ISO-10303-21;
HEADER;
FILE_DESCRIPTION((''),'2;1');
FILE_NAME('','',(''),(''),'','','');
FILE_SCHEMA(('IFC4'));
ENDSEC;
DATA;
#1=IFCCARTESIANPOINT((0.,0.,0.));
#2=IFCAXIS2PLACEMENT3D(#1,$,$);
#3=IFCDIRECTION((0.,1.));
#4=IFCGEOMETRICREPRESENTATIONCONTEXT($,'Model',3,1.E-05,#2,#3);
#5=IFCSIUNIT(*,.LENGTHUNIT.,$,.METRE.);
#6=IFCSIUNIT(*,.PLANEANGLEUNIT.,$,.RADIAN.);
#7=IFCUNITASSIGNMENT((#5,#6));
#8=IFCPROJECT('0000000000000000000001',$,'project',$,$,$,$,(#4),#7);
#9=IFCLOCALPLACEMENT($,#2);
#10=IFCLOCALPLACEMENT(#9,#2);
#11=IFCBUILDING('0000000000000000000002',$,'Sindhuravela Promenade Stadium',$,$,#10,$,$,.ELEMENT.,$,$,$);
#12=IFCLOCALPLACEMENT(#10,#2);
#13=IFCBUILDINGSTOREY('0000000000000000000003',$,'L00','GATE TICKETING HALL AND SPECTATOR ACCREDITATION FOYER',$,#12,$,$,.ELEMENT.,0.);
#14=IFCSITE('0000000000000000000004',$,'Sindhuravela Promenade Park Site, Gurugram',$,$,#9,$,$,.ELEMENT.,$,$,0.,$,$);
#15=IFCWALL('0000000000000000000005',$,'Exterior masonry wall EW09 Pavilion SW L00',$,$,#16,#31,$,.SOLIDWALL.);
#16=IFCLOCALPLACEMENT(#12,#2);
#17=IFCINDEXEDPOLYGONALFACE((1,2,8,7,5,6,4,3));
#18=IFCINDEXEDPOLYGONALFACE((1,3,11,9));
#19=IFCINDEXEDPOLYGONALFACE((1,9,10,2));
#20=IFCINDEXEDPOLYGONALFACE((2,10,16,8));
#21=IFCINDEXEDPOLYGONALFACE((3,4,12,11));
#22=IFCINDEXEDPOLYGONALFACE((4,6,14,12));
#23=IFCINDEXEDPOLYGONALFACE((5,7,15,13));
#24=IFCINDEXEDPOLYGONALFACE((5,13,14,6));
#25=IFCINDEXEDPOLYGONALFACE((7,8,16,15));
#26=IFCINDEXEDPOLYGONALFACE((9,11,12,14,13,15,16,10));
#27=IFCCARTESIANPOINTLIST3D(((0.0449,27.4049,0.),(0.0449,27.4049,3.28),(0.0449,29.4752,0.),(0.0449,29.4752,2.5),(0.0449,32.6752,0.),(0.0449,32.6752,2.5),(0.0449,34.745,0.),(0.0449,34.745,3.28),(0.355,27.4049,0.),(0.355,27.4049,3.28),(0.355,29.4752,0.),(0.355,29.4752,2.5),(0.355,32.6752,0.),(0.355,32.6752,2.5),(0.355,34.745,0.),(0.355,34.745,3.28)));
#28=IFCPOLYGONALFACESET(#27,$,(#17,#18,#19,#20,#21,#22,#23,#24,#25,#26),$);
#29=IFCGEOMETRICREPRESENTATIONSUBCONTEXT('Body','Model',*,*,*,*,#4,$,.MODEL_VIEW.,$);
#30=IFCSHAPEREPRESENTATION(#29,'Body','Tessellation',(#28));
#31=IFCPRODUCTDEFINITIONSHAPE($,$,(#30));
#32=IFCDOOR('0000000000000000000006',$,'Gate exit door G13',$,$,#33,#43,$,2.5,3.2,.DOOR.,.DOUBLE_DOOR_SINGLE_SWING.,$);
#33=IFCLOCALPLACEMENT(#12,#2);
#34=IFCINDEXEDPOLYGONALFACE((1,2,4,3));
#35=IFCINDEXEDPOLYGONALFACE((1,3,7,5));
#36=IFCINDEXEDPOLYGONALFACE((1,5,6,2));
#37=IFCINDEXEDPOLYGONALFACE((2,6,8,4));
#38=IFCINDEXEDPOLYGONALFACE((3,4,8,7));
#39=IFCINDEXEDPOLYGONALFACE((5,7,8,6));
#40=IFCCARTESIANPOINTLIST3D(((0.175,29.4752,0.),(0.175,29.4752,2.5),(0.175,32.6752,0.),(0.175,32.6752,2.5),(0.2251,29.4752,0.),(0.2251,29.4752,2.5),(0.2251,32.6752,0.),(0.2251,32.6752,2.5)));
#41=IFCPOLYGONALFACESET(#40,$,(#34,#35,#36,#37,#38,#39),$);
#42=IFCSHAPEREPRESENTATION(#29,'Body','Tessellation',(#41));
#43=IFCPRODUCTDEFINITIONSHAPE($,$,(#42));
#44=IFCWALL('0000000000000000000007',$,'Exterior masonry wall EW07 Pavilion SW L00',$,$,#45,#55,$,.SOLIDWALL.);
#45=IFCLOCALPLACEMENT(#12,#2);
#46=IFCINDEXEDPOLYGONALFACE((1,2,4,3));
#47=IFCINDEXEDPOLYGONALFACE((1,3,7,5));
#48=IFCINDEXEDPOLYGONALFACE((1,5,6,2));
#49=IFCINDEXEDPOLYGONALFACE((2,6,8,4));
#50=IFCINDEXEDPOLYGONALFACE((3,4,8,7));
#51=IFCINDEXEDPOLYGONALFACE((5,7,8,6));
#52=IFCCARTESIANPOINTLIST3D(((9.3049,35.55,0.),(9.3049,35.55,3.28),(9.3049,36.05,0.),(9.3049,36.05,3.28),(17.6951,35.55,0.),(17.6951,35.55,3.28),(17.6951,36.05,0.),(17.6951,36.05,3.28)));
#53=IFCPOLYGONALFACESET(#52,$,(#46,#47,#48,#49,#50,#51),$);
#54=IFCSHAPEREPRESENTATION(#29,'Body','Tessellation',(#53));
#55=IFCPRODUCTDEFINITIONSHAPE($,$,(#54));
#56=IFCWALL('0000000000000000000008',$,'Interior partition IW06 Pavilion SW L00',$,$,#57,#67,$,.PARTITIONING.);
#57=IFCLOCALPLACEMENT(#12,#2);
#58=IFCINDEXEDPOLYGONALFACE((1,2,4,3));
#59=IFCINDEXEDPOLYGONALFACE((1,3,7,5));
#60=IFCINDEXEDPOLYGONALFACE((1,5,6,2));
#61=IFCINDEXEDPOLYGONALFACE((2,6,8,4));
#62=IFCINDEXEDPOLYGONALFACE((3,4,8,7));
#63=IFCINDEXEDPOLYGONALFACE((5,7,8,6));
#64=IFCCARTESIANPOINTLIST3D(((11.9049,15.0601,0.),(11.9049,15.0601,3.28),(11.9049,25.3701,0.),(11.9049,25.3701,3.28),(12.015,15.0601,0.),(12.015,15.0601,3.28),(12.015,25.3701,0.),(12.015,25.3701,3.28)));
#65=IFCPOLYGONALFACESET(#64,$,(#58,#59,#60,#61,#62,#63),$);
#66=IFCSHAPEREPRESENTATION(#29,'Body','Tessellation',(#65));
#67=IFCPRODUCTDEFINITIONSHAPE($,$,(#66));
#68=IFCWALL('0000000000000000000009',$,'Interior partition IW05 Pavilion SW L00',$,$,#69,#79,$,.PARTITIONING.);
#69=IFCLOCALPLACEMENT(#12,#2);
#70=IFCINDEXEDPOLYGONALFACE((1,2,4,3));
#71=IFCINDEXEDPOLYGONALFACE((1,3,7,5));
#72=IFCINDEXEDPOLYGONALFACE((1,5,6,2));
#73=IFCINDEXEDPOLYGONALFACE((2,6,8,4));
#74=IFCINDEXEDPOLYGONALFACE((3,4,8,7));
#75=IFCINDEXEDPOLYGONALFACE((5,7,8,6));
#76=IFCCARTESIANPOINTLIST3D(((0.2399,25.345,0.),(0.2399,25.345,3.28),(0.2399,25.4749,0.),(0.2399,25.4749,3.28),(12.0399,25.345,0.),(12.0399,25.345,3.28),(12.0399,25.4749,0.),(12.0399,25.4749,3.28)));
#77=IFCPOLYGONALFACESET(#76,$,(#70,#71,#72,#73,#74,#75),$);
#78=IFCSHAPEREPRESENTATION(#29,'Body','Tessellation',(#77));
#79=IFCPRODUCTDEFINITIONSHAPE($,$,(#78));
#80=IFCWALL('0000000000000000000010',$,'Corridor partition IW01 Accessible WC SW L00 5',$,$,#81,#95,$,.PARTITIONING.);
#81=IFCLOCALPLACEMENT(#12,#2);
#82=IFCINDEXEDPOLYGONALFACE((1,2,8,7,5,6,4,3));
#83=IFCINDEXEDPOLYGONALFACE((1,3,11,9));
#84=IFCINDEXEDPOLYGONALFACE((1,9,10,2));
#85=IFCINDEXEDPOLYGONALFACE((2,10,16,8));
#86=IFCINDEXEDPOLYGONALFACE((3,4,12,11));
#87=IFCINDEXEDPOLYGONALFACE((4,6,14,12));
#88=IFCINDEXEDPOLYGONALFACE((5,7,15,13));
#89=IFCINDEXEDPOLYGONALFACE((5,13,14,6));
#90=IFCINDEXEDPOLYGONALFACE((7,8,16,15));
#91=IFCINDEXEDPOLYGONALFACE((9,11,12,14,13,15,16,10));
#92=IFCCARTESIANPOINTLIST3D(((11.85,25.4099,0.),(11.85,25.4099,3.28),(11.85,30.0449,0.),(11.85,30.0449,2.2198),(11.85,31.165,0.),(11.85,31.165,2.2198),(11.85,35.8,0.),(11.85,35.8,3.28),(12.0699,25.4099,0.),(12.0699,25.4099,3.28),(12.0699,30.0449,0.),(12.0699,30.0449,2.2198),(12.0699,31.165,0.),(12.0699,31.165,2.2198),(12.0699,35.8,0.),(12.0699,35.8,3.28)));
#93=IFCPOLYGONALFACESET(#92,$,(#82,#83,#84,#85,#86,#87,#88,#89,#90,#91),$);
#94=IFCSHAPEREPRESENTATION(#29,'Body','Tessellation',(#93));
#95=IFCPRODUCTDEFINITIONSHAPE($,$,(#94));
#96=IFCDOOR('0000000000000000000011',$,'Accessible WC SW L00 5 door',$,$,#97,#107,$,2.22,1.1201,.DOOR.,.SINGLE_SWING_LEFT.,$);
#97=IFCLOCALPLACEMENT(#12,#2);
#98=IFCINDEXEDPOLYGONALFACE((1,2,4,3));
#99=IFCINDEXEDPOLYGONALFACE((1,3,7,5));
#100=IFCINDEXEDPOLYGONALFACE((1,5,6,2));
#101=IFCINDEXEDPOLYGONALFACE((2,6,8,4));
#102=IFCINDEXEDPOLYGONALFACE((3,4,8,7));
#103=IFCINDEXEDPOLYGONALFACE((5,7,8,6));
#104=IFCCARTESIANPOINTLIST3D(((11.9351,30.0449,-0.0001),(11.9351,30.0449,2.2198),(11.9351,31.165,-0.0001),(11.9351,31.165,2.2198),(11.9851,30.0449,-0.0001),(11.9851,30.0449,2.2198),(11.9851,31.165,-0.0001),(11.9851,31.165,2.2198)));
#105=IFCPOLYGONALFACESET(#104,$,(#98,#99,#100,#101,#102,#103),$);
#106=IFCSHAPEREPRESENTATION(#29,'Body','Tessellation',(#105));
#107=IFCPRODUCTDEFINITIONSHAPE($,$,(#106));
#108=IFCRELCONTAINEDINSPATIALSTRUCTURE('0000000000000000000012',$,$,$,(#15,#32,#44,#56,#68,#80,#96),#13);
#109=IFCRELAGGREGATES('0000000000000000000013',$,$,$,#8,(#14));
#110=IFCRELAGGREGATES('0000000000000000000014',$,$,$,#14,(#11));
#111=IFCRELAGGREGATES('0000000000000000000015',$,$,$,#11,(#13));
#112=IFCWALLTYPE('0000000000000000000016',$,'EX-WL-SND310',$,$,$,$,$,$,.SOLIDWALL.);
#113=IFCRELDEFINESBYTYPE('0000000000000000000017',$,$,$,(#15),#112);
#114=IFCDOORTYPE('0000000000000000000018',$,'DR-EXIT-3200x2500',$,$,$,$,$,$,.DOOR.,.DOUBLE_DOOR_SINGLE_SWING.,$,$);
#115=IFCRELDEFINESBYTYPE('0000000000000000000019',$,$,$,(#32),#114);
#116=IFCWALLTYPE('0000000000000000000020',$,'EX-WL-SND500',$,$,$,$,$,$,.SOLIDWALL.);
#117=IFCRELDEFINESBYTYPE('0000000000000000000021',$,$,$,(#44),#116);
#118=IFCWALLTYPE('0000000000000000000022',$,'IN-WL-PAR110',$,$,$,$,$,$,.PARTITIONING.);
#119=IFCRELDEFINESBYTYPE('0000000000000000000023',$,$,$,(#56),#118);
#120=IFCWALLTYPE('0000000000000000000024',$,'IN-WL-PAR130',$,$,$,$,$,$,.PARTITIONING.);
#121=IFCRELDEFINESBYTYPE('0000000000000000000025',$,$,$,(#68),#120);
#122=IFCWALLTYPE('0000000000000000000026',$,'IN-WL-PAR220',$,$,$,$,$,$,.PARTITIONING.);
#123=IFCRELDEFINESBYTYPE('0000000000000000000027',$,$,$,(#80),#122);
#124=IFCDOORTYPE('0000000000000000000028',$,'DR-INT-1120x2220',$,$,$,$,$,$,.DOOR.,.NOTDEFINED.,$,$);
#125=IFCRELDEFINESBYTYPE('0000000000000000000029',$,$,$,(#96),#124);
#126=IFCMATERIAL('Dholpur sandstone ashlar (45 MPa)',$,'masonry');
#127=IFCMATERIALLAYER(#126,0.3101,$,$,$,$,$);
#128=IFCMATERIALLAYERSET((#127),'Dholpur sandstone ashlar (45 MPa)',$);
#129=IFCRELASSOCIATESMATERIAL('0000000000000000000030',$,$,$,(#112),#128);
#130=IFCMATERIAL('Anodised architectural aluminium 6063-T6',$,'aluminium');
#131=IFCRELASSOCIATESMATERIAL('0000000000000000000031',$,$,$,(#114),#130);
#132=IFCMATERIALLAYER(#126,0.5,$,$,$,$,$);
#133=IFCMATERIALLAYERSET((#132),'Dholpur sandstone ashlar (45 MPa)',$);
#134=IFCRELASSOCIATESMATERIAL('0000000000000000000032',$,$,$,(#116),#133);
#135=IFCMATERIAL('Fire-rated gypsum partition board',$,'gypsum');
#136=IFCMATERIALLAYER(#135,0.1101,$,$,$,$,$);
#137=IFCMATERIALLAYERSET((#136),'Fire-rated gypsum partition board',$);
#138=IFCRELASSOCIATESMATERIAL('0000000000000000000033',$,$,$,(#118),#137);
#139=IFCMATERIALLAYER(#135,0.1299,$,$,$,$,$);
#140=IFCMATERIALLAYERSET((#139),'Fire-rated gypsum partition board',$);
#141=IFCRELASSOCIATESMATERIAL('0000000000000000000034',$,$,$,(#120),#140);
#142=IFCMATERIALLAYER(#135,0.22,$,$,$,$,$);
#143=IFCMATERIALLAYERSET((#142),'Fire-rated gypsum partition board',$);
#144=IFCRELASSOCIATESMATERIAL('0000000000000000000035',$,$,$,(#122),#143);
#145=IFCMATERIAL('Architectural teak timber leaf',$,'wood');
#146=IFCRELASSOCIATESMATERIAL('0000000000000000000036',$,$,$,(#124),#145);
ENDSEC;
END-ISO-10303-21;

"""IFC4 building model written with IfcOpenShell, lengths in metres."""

from ifc_helpers import new_model, si_unit, direction, frame, frame_2d, origin, place, context, subcontext, project, spatial, rectangle, extrude, material, layer, layer_set, type_object, element, fill, save


model = new_model("IFC4")

# Units and contexts
model_context = context("Model", 3, precision=1e-05, world=origin(), true_north=direction((0.0, 1.0)))
body_context = subcontext(model_context, "Body", "Model", "MODEL_VIEW")
ifc_project = project(units=[si_unit("LENGTHUNIT", "METRE"), si_unit("PLANEANGLEUNIT", "RADIAN")], contexts=[model_context])

# Site, building, storey
site_placement = place(None, origin())
site = spatial("IfcSite", under=ifc_project, at=site_placement, Name="Sindhuravela Promenade Park Site, Gurugram", CompositionType="ELEMENT", RefElevation=0.0)
building_placement = place(site_placement, origin())
building = spatial("IfcBuilding", under=site, at=building_placement, Name="Sindhuravela Promenade Stadium", CompositionType="ELEMENT")
storey_placement = place(building_placement, origin())
storey = spatial("IfcBuildingStorey", under=building, at=storey_placement, Name="L00", Description="GATE TICKETING HALL AND SPECTATOR ACCREDITATION FOYER", CompositionType="ELEMENT", Elevation=0.0)

# Shared definitions
ifc_material_1 = material(Name="Dholpur sandstone ashlar (45 MPa)", Category="masonry")

# Wall, opening, door
ifc_layer_1 = layer(ifc_material_1, 0.3101)
ifc_layer_set_1 = layer_set([ifc_layer_1], Name="Dholpur sandstone ashlar (45 MPa)")
wall_type_1 = type_object("IfcWallType", Name="EX-WL-SND310", PredefinedType="SOLIDWALL", material=ifc_layer_set_1)
wall_1_placement = place(storey_placement, frame((0.2, 27.405, 0.0), z_axis=(0.0, 0.0, 1.0), x_axis=(0.0, 1.0, 0.0)))
wall_1 = element("IfcWall", 1, at=wall_1_placement, inside=storey, type_object=wall_type_1, Name="Exterior masonry wall EW09 Pavilion SW L00", PredefinedType="SOLIDWALL", context=body_context, shape_type="SweptSolid", body=[
    extrude(rectangle(XDim=7.3401, YDim=0.3101, at=frame_2d((3.6699, 0.0))), origin(), (0.0, 0.0, 1.0), 3.28),
])
opening_1_placement = place(wall_1_placement, frame((2.0701, 0.0, 0.0)))
opening_1 = element("IfcOpeningElement", 2, at=opening_1_placement, cuts=wall_1, PredefinedType="OPENING", context=body_context, shape_type="SweptSolid", body=[
    extrude(rectangle(XDim=3.2, YDim=2.5, at=frame_2d((1.6001, 1.25))), frame((0.0, 0.165, 0.0), z_axis=(0.0, -1.0, 0.0), x_axis=(1.0, 0.0, 0.0)), (0.0, 0.0, 1.0), 0.3301),
])
ifc_material_2 = material(Name="Anodised architectural aluminium 6063-T6", Category="aluminium")
door_type_1 = type_object("IfcDoorType", Name="DR-EXIT-3200x2500", OperationType="DOUBLE_DOOR_SINGLE_SWING", PredefinedType="DOOR", material=ifc_material_2)
door_1_placement = place(opening_1_placement, origin())
door_1 = element("IfcDoor", 3, at=door_1_placement, inside=storey, type_object=door_type_1, Name="Gate exit door G13", OperationType="DOUBLE_DOOR_SINGLE_SWING", OverallHeight=2.5, OverallWidth=3.2, PredefinedType="DOOR", context=body_context, shape_type="SweptSolid", body=[
    extrude(rectangle(XDim=3.2, YDim=2.5, at=frame_2d((1.6001, 1.25))), frame((0.0, 0.0249, 0.0), z_axis=(0.0, -1.0, 0.0), x_axis=(1.0, 0.0, 0.0)), (0.0, 0.0, 1.0), 0.05),
])
fill(opening_1, door_1)

# Walls
ifc_layer_2 = layer(ifc_material_1, 0.5)
ifc_layer_set_2 = layer_set([ifc_layer_2], Name="Dholpur sandstone ashlar (45 MPa)")
wall_type_2 = type_object("IfcWallType", Name="EX-WL-SND500", PredefinedType="SOLIDWALL", material=ifc_layer_set_2)
wall_2_placement = place(storey_placement, frame((9.3049, 35.8, 0.0), z_axis=(0.0, 0.0, 1.0), x_axis=(1.0, 0.0, 0.0)))
element("IfcWall", 4, at=wall_2_placement, inside=storey, type_object=wall_type_2, Name="Exterior masonry wall EW07 Pavilion SW L00", PredefinedType="SOLIDWALL", context=body_context, shape_type="SweptSolid", body=[
    extrude(rectangle(XDim=8.3901, YDim=0.5, at=frame_2d((4.1951, 0.0))), origin(), (0.0, 0.0, 1.0), 3.28),
])
ifc_material_3 = material(Name="Fire-rated gypsum partition board", Category="gypsum")
ifc_layer_3 = layer(ifc_material_3, 0.1101)
ifc_layer_set_3 = layer_set([ifc_layer_3], Name="Fire-rated gypsum partition board")
wall_type_3 = type_object("IfcWallType", Name="IN-WL-PAR110", PredefinedType="PARTITIONING", material=ifc_layer_set_3)
wall_3_placement = place(storey_placement, frame((11.96, 25.3701, 0.0), z_axis=(0.0, 0.0, 1.0), x_axis=(0.0, -1.0, 0.0)))
element("IfcWall", 5, at=wall_3_placement, inside=storey, type_object=wall_type_3, Name="Interior partition IW06 Pavilion SW L00", PredefinedType="PARTITIONING", context=body_context, shape_type="SweptSolid", body=[
    extrude(rectangle(XDim=10.3101, YDim=0.1101, at=frame_2d((5.155, 0.0))), origin(), (0.0, 0.0, 1.0), 3.28),
])
ifc_layer_4 = layer(ifc_material_3, 0.1299)
ifc_layer_set_4 = layer_set([ifc_layer_4], Name="Fire-rated gypsum partition board")
wall_type_4 = type_object("IfcWallType", Name="IN-WL-PAR130", PredefinedType="PARTITIONING", material=ifc_layer_set_4)
wall_4_placement = place(storey_placement, frame((0.24, 25.4099, 0.0), z_axis=(0.0, 0.0, 1.0), x_axis=(1.0, 0.0, 0.0)))
element("IfcWall", 6, at=wall_4_placement, inside=storey, type_object=wall_type_4, Name="Interior partition IW05 Pavilion SW L00", PredefinedType="PARTITIONING", context=body_context, shape_type="SweptSolid", body=[
    extrude(rectangle(XDim=11.8, YDim=0.1299, at=frame_2d((5.8999, 0.0))), origin(), (0.0, 0.0, 1.0), 3.28),
])

# Wall, opening, door
ifc_layer_5 = layer(ifc_material_3, 0.22)
ifc_layer_set_5 = layer_set([ifc_layer_5], Name="Fire-rated gypsum partition board")
wall_type_5 = type_object("IfcWallType", Name="IN-WL-PAR220", PredefinedType="PARTITIONING", material=ifc_layer_set_5)
wall_5_placement = place(storey_placement, frame((11.96, 25.4099, 0.0), z_axis=(0.0, 0.0, 1.0), x_axis=(0.0, 1.0, 0.0)))
wall_5 = element("IfcWall", 7, at=wall_5_placement, inside=storey, type_object=wall_type_5, Name="Corridor partition IW01 Accessible WC SW L00 5", PredefinedType="PARTITIONING", context=body_context, shape_type="SweptSolid", body=[
    extrude(rectangle(XDim=10.3901, YDim=0.22, at=frame_2d((5.1951, 0.0))), origin(), (0.0, 0.0, 1.0), 3.28),
])
opening_2_placement = place(wall_5_placement, frame((4.635, 0.0, 0.0)))
opening_2 = element("IfcOpeningElement", 8, at=opening_2_placement, cuts=wall_5, PredefinedType="OPENING", context=body_context, shape_type="SweptSolid", body=[
    extrude(rectangle(XDim=1.1201, YDim=2.22, at=frame_2d((0.5601, 1.1099))), frame((0.0, 0.1199, 0.0), z_axis=(0.0, -1.0, 0.0), x_axis=(1.0, 0.0, 0.0)), (0.0, 0.0, 1.0), 0.24),
])
ifc_material_4 = material(Name="Architectural teak timber leaf", Category="wood")
door_type_2 = type_object("IfcDoorType", Name="DR-INT-1120x2220", OperationType="NOTDEFINED", PredefinedType="DOOR", material=ifc_material_4)
door_2_placement = place(opening_2_placement, origin())
door_2 = element("IfcDoor", 9, at=door_2_placement, inside=storey, type_object=door_type_2, Name="Accessible WC SW L00 5 door", OperationType="SINGLE_SWING_LEFT", OverallHeight=2.22, OverallWidth=1.1201, PredefinedType="DOOR", context=body_context, shape_type="SweptSolid", body=[
    extrude(rectangle(XDim=1.1201, YDim=2.22, at=frame_2d((0.5601, 1.1099))), frame((0.0, 0.0249, 0.0), z_axis=(0.0, -1.0, 0.0), x_axis=(1.0, 0.0, 0.0)), (0.0, 0.0, 1.0), 0.05),
])
fill(opening_2, door_2)

save(model, "model.ifc")
